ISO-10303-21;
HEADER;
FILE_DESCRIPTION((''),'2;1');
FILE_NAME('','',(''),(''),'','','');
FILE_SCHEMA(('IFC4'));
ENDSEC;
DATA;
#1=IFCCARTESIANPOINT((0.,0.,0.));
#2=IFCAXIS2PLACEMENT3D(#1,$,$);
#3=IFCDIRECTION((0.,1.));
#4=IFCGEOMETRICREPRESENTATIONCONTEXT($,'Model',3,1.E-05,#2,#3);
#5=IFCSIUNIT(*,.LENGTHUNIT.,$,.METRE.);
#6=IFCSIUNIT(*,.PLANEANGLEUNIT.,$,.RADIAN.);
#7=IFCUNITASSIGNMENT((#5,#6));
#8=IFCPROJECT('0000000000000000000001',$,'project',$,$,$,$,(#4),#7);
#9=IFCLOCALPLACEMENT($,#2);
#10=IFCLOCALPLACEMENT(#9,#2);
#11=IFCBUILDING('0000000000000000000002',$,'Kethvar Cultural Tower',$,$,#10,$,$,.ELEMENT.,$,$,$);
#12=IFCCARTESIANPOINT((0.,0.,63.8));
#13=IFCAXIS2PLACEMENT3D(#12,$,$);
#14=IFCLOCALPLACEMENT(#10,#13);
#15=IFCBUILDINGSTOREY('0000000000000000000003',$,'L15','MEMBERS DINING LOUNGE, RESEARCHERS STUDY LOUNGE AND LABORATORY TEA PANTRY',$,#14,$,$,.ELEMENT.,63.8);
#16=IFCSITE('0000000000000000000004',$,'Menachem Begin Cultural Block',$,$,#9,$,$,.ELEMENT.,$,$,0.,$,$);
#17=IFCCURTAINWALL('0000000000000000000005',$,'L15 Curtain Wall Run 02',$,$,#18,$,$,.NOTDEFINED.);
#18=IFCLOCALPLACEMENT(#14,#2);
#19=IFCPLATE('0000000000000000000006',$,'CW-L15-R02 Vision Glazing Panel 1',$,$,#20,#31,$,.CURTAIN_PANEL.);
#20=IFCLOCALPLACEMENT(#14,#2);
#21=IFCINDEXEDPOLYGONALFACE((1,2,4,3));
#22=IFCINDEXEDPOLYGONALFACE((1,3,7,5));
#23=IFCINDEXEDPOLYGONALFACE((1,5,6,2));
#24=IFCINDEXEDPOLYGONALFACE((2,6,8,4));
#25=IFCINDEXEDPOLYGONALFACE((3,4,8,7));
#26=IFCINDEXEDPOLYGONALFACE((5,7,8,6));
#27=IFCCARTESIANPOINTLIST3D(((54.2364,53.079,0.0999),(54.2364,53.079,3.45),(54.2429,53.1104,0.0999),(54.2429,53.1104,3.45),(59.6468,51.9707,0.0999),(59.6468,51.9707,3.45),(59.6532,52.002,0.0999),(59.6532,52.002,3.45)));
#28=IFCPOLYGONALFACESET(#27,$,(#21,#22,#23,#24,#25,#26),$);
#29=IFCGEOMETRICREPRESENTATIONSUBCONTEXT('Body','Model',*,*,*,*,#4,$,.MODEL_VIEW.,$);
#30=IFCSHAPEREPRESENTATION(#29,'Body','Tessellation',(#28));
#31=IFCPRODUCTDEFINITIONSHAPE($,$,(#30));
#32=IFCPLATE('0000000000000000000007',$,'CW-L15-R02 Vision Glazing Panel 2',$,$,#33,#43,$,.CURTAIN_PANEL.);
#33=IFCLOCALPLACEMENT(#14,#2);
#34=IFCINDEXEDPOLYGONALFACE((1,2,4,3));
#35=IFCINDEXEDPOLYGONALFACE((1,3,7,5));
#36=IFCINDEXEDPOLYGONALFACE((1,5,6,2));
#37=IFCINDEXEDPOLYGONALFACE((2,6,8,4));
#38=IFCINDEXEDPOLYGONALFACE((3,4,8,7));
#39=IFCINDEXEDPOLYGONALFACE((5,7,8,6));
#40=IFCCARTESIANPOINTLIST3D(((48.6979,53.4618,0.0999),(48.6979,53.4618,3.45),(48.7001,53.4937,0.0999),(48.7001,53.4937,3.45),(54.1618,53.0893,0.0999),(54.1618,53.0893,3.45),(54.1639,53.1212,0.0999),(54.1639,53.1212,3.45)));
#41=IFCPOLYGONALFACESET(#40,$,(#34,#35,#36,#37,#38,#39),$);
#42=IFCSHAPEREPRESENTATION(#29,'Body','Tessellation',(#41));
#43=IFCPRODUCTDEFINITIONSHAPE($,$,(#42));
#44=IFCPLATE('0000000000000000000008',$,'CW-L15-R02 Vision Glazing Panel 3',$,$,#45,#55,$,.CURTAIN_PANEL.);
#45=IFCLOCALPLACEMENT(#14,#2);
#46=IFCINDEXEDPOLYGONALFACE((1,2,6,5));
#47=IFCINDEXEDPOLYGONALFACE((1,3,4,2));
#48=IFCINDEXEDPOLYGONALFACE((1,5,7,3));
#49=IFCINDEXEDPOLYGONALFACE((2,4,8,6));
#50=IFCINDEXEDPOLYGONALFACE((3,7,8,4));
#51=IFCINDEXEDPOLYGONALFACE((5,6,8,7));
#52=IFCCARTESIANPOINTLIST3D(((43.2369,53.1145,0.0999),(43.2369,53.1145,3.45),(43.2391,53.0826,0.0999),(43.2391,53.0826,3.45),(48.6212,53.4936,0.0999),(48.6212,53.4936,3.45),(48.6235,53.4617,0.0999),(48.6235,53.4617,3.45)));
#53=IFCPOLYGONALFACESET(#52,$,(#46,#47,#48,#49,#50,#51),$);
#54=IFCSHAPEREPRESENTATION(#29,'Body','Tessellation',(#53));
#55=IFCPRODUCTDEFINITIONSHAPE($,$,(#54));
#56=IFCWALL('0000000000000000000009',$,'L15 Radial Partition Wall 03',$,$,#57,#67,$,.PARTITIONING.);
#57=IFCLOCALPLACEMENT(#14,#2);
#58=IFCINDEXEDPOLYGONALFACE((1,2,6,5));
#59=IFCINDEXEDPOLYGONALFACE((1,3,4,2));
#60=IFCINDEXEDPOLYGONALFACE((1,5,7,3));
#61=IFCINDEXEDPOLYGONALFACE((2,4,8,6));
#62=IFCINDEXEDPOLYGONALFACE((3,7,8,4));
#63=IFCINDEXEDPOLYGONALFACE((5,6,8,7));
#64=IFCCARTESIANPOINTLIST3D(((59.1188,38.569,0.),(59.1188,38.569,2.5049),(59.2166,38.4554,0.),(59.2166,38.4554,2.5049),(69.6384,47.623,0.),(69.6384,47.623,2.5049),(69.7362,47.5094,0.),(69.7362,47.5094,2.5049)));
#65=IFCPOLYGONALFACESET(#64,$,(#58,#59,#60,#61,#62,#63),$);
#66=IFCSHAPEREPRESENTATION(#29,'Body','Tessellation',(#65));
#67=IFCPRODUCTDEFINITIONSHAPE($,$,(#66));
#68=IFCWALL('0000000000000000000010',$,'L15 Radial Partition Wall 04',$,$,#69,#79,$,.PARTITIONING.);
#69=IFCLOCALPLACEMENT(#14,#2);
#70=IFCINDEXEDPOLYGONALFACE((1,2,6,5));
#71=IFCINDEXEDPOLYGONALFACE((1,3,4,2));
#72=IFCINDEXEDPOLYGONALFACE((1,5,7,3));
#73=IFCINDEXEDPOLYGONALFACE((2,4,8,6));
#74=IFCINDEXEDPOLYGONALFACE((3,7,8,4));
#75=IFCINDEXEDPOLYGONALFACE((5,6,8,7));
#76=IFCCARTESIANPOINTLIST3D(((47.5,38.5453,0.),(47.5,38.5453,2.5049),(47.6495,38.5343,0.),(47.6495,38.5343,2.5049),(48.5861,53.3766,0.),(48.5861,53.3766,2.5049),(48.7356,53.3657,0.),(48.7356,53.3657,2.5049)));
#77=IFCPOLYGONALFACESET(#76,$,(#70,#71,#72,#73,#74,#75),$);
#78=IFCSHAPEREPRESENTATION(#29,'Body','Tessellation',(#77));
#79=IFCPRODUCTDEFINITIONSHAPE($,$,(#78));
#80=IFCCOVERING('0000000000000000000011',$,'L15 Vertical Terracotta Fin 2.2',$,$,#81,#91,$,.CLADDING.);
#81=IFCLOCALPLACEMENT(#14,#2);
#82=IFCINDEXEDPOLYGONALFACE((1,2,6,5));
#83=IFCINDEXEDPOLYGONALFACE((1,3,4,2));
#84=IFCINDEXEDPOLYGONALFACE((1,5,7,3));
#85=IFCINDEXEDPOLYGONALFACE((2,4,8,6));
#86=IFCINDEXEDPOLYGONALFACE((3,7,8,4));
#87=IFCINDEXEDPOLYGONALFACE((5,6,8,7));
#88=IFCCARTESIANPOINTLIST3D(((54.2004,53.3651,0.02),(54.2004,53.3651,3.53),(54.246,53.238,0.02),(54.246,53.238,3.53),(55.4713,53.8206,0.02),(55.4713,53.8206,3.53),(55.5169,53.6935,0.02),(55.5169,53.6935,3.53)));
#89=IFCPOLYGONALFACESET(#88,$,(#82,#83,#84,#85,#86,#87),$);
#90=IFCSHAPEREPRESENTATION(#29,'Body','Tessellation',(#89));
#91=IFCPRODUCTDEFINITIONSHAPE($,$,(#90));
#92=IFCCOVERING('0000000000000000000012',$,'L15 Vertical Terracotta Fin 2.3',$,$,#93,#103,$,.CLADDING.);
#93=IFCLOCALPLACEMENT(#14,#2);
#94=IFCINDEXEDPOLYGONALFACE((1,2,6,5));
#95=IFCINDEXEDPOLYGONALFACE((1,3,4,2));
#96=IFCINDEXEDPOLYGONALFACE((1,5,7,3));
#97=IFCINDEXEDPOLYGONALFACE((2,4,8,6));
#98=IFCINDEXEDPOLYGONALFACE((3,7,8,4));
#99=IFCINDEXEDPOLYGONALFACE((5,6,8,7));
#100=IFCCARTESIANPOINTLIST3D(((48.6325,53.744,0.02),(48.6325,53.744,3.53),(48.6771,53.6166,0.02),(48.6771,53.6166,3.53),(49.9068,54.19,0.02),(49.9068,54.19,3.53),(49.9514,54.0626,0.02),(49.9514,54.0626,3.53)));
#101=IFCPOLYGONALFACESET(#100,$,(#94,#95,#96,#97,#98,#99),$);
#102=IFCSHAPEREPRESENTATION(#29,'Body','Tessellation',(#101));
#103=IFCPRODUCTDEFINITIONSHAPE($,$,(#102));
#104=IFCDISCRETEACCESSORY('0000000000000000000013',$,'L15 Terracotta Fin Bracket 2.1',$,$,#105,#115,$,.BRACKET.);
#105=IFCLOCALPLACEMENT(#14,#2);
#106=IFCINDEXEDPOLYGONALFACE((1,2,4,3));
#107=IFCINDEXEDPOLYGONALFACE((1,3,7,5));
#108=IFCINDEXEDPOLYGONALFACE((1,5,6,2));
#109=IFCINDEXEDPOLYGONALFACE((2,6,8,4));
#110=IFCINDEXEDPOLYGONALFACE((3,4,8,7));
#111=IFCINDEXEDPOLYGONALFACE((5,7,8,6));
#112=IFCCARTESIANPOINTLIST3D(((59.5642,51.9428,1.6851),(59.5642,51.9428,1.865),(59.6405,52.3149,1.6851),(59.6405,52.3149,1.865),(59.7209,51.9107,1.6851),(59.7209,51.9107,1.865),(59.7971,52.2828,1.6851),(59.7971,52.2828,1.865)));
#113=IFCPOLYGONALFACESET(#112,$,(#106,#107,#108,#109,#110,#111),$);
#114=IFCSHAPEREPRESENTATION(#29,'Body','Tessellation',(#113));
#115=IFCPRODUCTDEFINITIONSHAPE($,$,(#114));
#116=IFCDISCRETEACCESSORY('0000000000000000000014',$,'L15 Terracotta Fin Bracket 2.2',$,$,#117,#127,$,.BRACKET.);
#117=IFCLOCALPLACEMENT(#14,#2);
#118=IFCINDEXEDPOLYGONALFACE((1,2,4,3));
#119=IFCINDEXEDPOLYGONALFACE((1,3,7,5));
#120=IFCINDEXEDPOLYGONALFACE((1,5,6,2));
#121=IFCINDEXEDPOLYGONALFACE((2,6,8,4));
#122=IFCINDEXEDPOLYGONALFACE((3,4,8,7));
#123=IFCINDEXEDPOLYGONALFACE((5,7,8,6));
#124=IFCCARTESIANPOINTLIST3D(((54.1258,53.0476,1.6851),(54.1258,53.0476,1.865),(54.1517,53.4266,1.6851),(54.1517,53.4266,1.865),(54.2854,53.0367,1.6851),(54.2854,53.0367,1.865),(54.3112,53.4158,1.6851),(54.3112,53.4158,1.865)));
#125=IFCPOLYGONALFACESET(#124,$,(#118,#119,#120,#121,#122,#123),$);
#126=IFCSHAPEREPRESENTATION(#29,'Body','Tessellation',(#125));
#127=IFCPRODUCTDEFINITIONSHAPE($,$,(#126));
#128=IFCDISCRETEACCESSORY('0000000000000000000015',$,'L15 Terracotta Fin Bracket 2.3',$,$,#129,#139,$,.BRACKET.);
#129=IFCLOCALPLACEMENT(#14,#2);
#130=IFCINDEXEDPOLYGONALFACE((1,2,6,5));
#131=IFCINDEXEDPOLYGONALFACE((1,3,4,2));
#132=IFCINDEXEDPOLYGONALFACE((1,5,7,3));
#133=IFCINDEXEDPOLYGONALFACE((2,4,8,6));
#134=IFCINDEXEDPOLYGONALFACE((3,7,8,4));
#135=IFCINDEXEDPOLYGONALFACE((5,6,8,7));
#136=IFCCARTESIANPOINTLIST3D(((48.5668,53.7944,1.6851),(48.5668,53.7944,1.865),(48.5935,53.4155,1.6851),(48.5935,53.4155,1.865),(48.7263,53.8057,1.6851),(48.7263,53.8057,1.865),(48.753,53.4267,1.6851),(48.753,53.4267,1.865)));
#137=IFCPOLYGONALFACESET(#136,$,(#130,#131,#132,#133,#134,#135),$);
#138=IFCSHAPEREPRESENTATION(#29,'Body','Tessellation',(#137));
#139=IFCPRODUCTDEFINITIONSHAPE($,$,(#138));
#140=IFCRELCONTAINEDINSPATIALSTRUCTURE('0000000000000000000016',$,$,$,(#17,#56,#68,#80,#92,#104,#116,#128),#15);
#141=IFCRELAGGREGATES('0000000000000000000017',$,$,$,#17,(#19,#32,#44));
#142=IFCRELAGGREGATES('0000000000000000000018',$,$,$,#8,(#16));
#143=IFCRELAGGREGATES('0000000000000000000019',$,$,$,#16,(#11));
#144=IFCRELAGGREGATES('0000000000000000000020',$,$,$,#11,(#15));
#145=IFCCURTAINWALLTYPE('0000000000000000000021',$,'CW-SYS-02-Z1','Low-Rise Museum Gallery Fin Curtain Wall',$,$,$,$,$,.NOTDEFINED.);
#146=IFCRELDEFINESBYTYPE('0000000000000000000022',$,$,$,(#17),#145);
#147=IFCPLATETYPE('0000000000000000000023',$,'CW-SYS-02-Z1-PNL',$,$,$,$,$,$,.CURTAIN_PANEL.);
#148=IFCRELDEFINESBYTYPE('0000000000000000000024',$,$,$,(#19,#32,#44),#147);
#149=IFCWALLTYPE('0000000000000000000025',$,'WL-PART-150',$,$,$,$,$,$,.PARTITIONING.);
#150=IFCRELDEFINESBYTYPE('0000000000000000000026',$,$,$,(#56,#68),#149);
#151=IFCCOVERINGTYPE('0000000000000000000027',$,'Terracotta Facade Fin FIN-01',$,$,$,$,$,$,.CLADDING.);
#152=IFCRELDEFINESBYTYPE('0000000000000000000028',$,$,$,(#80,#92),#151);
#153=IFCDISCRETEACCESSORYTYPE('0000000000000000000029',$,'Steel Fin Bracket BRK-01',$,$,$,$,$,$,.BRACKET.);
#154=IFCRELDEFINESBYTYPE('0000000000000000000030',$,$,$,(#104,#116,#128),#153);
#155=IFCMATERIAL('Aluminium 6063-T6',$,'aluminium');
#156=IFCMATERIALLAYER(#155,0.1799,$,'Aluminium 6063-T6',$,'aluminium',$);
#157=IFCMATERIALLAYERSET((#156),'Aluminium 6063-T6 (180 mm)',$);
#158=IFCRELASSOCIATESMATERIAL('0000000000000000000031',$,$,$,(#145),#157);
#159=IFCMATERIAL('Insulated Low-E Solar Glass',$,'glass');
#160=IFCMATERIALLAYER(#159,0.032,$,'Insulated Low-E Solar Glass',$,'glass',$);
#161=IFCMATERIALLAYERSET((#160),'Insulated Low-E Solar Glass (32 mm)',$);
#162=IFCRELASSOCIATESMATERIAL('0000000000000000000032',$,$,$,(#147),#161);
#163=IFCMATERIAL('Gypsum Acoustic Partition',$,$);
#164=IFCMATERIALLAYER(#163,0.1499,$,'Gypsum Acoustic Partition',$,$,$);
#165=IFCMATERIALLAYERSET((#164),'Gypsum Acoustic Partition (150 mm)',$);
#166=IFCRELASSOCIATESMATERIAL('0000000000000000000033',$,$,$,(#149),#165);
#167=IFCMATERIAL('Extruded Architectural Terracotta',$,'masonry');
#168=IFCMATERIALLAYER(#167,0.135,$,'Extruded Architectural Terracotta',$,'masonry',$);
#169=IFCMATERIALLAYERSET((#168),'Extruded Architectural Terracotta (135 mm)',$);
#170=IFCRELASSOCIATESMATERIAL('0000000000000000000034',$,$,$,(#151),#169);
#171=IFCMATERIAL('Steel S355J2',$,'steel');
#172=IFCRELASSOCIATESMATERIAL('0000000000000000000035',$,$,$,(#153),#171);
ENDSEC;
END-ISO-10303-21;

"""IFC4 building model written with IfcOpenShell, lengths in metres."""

from ifc_helpers import new_model, si_unit, direction, frame, frame_2d, origin, origin_2d, place, context, subcontext, project, spatial, rectangle, extrude, source, transform, mapped, material, layer, layer_set, type_object, element, aggregate, save


model = new_model("IFC4")

# Units and contexts
model_context = context("Model", 3, precision=1e-05, world=origin(), true_north=direction((0.0, 1.0)))
body_context = subcontext(model_context, "Body", "Model", "MODEL_VIEW")
ifc_project = project(units=[si_unit("LENGTHUNIT", "METRE"), si_unit("PLANEANGLEUNIT", "RADIAN")], contexts=[model_context])

# Site, building, storey
site_placement = place(None, origin())
site = spatial("IfcSite", under=ifc_project, at=site_placement, Name="Menachem Begin Cultural Block", CompositionType="ELEMENT", RefElevation=0.0)
building_placement = place(site_placement, origin())
building = spatial("IfcBuilding", under=site, at=building_placement, Name="Kethvar Cultural Tower", CompositionType="ELEMENT")
storey_placement = place(building_placement, frame((0.0, 0.0, 63.8)))
storey = spatial("IfcBuildingStorey", under=building, at=storey_placement, Name="L15", Description="MEMBERS DINING LOUNGE, RESEARCHERS STUDY LOUNGE AND LABORATORY TEA PANTRY", CompositionType="ELEMENT", Elevation=63.8)

# Shared definitions
ifc_material_1 = material(Name="Steel S355J2", Category="steel")

# Shared definitions
ifc_material_2 = material(Name="Aluminium 6063-T6", Category="aluminium")
ifc_layer_1 = layer(ifc_material_2, 0.1799, Name="Aluminium 6063-T6", Category="aluminium")
ifc_layer_set_1 = layer_set([ifc_layer_1], Name="Aluminium 6063-T6 (180 mm)")
curtain_wall_type = type_object("IfcCurtainWallType", Name="CW-SYS-02-Z1", Description="Low-Rise Museum Gallery Fin Curtain Wall", PredefinedType="NOTDEFINED", material=ifc_layer_set_1)

# Curtain wall, plates
curtain_wall_1_placement = place(storey_placement, origin())
curtain_wall_1 = element("IfcCurtainWall", 1, at=curtain_wall_1_placement, inside=storey, type_object=curtain_wall_type, Name="L15 Curtain Wall Run 02", PredefinedType="NOTDEFINED")
ifc_material_3 = material(Name="Insulated Low-E Solar Glass", Category="glass")
ifc_layer_2 = layer(ifc_material_3, 0.032, Name="Insulated Low-E Solar Glass", Category="glass")
ifc_layer_set_2 = layer_set([ifc_layer_2], Name="Insulated Low-E Solar Glass (32 mm)")
plate_type = type_object("IfcPlateType", Name="CW-SYS-02-Z1-PNL", PredefinedType="CURTAIN_PANEL", material=ifc_layer_set_2)
shared_shape_1 = source(origin(), body_context, "Body", "SweptSolid", [
    extrude(rectangle(XDim=5.5227, YDim=0.032, at=origin_2d()), origin(), (0.0, 0.0, 1.0), 3.3501),
])
plate_1_placement = place(storey_placement, frame((56.9448, 52.5405, 0.0999), z_axis=(0.0, 0.0, 1.0), x_axis=(-0.979656, 0.200685, 0.0)))
plate_1 = element("IfcPlate", 2, at=plate_1_placement, type_object=plate_type, Name="CW-L15-R02 Vision Glazing Panel 1", PredefinedType="CURTAIN_PANEL", context=body_context, shape_type="MappedRepresentation", body=[
    mapped(shared_shape_1, transform((0.0, 0.0, 0.0), scale=1.0)),
])
shared_shape_2 = source(origin(), body_context, "Body", "SweptSolid", [
    extrude(rectangle(XDim=5.4766, YDim=0.032, at=origin_2d()), origin(), (0.0, 0.0, 1.0), 3.3501),
])
plate_2_placement = place(storey_placement, frame((51.4309, 53.2915, 0.0999), z_axis=(0.0, 0.0, 1.0), x_axis=(-0.997684, 0.068015, 0.0)))
plate_2 = element("IfcPlate", 3, at=plate_2_placement, type_object=plate_type, Name="CW-L15-R02 Vision Glazing Panel 2", PredefinedType="CURTAIN_PANEL", context=body_context, shape_type="MappedRepresentation", body=[
    mapped(shared_shape_2, transform((0.0, 0.0, 0.0), scale=1.0)),
])
shared_shape_3 = source(origin(), body_context, "Body", "SweptSolid", [
    extrude(rectangle(XDim=5.3977, YDim=0.032, at=origin_2d()), origin(), (0.0, 0.0, 1.0), 3.3501),
])
plate_3_placement = place(storey_placement, frame((45.9302, 53.2881, 0.0999), z_axis=(0.0, 0.0, 1.0), x_axis=(-0.99753, -0.070244, 0.0)))
plate_3 = element("IfcPlate", 4, at=plate_3_placement, type_object=plate_type, Name="CW-L15-R02 Vision Glazing Panel 3", PredefinedType="CURTAIN_PANEL", context=body_context, shape_type="MappedRepresentation", body=[
    mapped(shared_shape_3, transform((0.0, 0.0, 0.0), scale=1.0)),
])
aggregate(curtain_wall_1, [plate_1, plate_2, plate_3])

# Walls
ifc_material_4 = material(Name="Gypsum Acoustic Partition")
ifc_layer_3 = layer(ifc_material_4, 0.1499, Name="Gypsum Acoustic Partition")
ifc_layer_set_3 = layer_set([ifc_layer_3], Name="Gypsum Acoustic Partition (150 mm)")
wall_type_1 = type_object("IfcWallType", Name="WL-PART-150", PredefinedType="PARTITIONING", material=ifc_layer_set_3)
wall_1_placement = place(storey_placement, frame((59.1677, 38.5122, 0.0), z_axis=(0.0, 0.0, 1.0), x_axis=(0.75793, 0.652336, 0.0)))
element("IfcWall", 5, at=wall_1_placement, inside=storey, type_object=wall_type_1, Name="L15 Radial Partition Wall 03", PredefinedType="PARTITIONING", context=body_context, shape_type="SweptSolid", body=[
    extrude(rectangle(XDim=13.8794, YDim=0.1499, at=frame_2d((6.9397, 0.0))), origin(), (0.0, 0.0, 1.0), 2.5049),
])
wall_2_placement = place(storey_placement, frame((47.5747, 38.5398, 0.0), z_axis=(0.0, 0.0, 1.0), x_axis=(0.07304, 0.997329, 0.0)))
element("IfcWall", 6, at=wall_2_placement, inside=storey, type_object=wall_type_1, Name="L15 Radial Partition Wall 04", PredefinedType="PARTITIONING", context=body_context, shape_type="SweptSolid", body=[
    extrude(rectangle(XDim=14.8711, YDim=0.1499, at=frame_2d((7.4355, 0.0))), origin(), (0.0, 0.0, 1.0), 2.5049),
])

# Coverings
ifc_material_5 = material(Name="Extruded Architectural Terracotta", Category="masonry")
ifc_layer_4 = layer(ifc_material_5, 0.135, Name="Extruded Architectural Terracotta", Category="masonry")
ifc_layer_set_4 = layer_set([ifc_layer_4], Name="Extruded Architectural Terracotta (135 mm)")
covering_type = type_object("IfcCoveringType", Name="Terracotta Facade Fin FIN-01", PredefinedType="CLADDING", material=ifc_layer_set_4)
shared_shape_4 = source(origin(), body_context, "Body", "SweptSolid", [
    extrude(rectangle(XDim=1.3501, YDim=0.135, at=origin_2d()), origin(), (0.0, 0.0, 1.0), 3.51),
])
for number, where, z_axis, x_axis, name in (
    (7, (54.8586, 53.5293, 0.02), (0.0, 0.0, 1.0), (0.941353, 0.337424, 0.0), "L15 Vertical Terracotta Fin 2.2"),
    (8, (49.292, 53.9033, 0.02), (0.0, 0.0, 1.0), (0.943859, 0.33035, 0.0), "L15 Vertical Terracotta Fin 2.3"),
):
    element("IfcCovering", number, at=place(storey_placement, frame(where, z_axis=z_axis, x_axis=x_axis)), inside=storey, type_object=covering_type, Name=name, PredefinedType="CLADDING", context=body_context, shape_type="MappedRepresentation", body=[
        mapped(shared_shape_4, transform((0.0, 0.0, 0.0), scale=1.0)),
    ])

# Discrete accessories
discrete_accessory_type = type_object("IfcDiscreteAccessoryType", Name="Steel Fin Bracket BRK-01", PredefinedType="BRACKET", material=ifc_material_1)
shared_shape_5 = source(origin(), body_context, "Body", "SweptSolid", [
    extrude(rectangle(XDim=0.3799, YDim=0.1599, at=origin_2d()), origin(), (0.0, 0.0, 1.0), 0.1799),
])
for number, where, z_axis, x_axis, name in (
    (9, (59.6807, 52.1128, 1.6851), (0.0, 0.0, 1.0), (0.200736, 0.979645, 0.0), "L15 Terracotta Fin Bracket 2.1"),
    (10, (54.2185, 53.2317, 1.6851), (0.0, 0.0, 1.0), (0.068015, 0.997684, 0.0), "L15 Terracotta Fin Bracket 2.2"),
    (11, (48.6599, 53.6106, 1.6851), (0.0, 0.0, 1.0), (-0.070279, 0.997527, 0.0), "L15 Terracotta Fin Bracket 2.3"),
):
    element("IfcDiscreteAccessory", number, at=place(storey_placement, frame(where, z_axis=z_axis, x_axis=x_axis)), inside=storey, type_object=discrete_accessory_type, Name=name, PredefinedType="BRACKET", context=body_context, shape_type="MappedRepresentation", body=[
        mapped(shared_shape_5, transform((0.0, 0.0, 0.0), scale=1.0)),
    ])

save(model, "model.ifc")
